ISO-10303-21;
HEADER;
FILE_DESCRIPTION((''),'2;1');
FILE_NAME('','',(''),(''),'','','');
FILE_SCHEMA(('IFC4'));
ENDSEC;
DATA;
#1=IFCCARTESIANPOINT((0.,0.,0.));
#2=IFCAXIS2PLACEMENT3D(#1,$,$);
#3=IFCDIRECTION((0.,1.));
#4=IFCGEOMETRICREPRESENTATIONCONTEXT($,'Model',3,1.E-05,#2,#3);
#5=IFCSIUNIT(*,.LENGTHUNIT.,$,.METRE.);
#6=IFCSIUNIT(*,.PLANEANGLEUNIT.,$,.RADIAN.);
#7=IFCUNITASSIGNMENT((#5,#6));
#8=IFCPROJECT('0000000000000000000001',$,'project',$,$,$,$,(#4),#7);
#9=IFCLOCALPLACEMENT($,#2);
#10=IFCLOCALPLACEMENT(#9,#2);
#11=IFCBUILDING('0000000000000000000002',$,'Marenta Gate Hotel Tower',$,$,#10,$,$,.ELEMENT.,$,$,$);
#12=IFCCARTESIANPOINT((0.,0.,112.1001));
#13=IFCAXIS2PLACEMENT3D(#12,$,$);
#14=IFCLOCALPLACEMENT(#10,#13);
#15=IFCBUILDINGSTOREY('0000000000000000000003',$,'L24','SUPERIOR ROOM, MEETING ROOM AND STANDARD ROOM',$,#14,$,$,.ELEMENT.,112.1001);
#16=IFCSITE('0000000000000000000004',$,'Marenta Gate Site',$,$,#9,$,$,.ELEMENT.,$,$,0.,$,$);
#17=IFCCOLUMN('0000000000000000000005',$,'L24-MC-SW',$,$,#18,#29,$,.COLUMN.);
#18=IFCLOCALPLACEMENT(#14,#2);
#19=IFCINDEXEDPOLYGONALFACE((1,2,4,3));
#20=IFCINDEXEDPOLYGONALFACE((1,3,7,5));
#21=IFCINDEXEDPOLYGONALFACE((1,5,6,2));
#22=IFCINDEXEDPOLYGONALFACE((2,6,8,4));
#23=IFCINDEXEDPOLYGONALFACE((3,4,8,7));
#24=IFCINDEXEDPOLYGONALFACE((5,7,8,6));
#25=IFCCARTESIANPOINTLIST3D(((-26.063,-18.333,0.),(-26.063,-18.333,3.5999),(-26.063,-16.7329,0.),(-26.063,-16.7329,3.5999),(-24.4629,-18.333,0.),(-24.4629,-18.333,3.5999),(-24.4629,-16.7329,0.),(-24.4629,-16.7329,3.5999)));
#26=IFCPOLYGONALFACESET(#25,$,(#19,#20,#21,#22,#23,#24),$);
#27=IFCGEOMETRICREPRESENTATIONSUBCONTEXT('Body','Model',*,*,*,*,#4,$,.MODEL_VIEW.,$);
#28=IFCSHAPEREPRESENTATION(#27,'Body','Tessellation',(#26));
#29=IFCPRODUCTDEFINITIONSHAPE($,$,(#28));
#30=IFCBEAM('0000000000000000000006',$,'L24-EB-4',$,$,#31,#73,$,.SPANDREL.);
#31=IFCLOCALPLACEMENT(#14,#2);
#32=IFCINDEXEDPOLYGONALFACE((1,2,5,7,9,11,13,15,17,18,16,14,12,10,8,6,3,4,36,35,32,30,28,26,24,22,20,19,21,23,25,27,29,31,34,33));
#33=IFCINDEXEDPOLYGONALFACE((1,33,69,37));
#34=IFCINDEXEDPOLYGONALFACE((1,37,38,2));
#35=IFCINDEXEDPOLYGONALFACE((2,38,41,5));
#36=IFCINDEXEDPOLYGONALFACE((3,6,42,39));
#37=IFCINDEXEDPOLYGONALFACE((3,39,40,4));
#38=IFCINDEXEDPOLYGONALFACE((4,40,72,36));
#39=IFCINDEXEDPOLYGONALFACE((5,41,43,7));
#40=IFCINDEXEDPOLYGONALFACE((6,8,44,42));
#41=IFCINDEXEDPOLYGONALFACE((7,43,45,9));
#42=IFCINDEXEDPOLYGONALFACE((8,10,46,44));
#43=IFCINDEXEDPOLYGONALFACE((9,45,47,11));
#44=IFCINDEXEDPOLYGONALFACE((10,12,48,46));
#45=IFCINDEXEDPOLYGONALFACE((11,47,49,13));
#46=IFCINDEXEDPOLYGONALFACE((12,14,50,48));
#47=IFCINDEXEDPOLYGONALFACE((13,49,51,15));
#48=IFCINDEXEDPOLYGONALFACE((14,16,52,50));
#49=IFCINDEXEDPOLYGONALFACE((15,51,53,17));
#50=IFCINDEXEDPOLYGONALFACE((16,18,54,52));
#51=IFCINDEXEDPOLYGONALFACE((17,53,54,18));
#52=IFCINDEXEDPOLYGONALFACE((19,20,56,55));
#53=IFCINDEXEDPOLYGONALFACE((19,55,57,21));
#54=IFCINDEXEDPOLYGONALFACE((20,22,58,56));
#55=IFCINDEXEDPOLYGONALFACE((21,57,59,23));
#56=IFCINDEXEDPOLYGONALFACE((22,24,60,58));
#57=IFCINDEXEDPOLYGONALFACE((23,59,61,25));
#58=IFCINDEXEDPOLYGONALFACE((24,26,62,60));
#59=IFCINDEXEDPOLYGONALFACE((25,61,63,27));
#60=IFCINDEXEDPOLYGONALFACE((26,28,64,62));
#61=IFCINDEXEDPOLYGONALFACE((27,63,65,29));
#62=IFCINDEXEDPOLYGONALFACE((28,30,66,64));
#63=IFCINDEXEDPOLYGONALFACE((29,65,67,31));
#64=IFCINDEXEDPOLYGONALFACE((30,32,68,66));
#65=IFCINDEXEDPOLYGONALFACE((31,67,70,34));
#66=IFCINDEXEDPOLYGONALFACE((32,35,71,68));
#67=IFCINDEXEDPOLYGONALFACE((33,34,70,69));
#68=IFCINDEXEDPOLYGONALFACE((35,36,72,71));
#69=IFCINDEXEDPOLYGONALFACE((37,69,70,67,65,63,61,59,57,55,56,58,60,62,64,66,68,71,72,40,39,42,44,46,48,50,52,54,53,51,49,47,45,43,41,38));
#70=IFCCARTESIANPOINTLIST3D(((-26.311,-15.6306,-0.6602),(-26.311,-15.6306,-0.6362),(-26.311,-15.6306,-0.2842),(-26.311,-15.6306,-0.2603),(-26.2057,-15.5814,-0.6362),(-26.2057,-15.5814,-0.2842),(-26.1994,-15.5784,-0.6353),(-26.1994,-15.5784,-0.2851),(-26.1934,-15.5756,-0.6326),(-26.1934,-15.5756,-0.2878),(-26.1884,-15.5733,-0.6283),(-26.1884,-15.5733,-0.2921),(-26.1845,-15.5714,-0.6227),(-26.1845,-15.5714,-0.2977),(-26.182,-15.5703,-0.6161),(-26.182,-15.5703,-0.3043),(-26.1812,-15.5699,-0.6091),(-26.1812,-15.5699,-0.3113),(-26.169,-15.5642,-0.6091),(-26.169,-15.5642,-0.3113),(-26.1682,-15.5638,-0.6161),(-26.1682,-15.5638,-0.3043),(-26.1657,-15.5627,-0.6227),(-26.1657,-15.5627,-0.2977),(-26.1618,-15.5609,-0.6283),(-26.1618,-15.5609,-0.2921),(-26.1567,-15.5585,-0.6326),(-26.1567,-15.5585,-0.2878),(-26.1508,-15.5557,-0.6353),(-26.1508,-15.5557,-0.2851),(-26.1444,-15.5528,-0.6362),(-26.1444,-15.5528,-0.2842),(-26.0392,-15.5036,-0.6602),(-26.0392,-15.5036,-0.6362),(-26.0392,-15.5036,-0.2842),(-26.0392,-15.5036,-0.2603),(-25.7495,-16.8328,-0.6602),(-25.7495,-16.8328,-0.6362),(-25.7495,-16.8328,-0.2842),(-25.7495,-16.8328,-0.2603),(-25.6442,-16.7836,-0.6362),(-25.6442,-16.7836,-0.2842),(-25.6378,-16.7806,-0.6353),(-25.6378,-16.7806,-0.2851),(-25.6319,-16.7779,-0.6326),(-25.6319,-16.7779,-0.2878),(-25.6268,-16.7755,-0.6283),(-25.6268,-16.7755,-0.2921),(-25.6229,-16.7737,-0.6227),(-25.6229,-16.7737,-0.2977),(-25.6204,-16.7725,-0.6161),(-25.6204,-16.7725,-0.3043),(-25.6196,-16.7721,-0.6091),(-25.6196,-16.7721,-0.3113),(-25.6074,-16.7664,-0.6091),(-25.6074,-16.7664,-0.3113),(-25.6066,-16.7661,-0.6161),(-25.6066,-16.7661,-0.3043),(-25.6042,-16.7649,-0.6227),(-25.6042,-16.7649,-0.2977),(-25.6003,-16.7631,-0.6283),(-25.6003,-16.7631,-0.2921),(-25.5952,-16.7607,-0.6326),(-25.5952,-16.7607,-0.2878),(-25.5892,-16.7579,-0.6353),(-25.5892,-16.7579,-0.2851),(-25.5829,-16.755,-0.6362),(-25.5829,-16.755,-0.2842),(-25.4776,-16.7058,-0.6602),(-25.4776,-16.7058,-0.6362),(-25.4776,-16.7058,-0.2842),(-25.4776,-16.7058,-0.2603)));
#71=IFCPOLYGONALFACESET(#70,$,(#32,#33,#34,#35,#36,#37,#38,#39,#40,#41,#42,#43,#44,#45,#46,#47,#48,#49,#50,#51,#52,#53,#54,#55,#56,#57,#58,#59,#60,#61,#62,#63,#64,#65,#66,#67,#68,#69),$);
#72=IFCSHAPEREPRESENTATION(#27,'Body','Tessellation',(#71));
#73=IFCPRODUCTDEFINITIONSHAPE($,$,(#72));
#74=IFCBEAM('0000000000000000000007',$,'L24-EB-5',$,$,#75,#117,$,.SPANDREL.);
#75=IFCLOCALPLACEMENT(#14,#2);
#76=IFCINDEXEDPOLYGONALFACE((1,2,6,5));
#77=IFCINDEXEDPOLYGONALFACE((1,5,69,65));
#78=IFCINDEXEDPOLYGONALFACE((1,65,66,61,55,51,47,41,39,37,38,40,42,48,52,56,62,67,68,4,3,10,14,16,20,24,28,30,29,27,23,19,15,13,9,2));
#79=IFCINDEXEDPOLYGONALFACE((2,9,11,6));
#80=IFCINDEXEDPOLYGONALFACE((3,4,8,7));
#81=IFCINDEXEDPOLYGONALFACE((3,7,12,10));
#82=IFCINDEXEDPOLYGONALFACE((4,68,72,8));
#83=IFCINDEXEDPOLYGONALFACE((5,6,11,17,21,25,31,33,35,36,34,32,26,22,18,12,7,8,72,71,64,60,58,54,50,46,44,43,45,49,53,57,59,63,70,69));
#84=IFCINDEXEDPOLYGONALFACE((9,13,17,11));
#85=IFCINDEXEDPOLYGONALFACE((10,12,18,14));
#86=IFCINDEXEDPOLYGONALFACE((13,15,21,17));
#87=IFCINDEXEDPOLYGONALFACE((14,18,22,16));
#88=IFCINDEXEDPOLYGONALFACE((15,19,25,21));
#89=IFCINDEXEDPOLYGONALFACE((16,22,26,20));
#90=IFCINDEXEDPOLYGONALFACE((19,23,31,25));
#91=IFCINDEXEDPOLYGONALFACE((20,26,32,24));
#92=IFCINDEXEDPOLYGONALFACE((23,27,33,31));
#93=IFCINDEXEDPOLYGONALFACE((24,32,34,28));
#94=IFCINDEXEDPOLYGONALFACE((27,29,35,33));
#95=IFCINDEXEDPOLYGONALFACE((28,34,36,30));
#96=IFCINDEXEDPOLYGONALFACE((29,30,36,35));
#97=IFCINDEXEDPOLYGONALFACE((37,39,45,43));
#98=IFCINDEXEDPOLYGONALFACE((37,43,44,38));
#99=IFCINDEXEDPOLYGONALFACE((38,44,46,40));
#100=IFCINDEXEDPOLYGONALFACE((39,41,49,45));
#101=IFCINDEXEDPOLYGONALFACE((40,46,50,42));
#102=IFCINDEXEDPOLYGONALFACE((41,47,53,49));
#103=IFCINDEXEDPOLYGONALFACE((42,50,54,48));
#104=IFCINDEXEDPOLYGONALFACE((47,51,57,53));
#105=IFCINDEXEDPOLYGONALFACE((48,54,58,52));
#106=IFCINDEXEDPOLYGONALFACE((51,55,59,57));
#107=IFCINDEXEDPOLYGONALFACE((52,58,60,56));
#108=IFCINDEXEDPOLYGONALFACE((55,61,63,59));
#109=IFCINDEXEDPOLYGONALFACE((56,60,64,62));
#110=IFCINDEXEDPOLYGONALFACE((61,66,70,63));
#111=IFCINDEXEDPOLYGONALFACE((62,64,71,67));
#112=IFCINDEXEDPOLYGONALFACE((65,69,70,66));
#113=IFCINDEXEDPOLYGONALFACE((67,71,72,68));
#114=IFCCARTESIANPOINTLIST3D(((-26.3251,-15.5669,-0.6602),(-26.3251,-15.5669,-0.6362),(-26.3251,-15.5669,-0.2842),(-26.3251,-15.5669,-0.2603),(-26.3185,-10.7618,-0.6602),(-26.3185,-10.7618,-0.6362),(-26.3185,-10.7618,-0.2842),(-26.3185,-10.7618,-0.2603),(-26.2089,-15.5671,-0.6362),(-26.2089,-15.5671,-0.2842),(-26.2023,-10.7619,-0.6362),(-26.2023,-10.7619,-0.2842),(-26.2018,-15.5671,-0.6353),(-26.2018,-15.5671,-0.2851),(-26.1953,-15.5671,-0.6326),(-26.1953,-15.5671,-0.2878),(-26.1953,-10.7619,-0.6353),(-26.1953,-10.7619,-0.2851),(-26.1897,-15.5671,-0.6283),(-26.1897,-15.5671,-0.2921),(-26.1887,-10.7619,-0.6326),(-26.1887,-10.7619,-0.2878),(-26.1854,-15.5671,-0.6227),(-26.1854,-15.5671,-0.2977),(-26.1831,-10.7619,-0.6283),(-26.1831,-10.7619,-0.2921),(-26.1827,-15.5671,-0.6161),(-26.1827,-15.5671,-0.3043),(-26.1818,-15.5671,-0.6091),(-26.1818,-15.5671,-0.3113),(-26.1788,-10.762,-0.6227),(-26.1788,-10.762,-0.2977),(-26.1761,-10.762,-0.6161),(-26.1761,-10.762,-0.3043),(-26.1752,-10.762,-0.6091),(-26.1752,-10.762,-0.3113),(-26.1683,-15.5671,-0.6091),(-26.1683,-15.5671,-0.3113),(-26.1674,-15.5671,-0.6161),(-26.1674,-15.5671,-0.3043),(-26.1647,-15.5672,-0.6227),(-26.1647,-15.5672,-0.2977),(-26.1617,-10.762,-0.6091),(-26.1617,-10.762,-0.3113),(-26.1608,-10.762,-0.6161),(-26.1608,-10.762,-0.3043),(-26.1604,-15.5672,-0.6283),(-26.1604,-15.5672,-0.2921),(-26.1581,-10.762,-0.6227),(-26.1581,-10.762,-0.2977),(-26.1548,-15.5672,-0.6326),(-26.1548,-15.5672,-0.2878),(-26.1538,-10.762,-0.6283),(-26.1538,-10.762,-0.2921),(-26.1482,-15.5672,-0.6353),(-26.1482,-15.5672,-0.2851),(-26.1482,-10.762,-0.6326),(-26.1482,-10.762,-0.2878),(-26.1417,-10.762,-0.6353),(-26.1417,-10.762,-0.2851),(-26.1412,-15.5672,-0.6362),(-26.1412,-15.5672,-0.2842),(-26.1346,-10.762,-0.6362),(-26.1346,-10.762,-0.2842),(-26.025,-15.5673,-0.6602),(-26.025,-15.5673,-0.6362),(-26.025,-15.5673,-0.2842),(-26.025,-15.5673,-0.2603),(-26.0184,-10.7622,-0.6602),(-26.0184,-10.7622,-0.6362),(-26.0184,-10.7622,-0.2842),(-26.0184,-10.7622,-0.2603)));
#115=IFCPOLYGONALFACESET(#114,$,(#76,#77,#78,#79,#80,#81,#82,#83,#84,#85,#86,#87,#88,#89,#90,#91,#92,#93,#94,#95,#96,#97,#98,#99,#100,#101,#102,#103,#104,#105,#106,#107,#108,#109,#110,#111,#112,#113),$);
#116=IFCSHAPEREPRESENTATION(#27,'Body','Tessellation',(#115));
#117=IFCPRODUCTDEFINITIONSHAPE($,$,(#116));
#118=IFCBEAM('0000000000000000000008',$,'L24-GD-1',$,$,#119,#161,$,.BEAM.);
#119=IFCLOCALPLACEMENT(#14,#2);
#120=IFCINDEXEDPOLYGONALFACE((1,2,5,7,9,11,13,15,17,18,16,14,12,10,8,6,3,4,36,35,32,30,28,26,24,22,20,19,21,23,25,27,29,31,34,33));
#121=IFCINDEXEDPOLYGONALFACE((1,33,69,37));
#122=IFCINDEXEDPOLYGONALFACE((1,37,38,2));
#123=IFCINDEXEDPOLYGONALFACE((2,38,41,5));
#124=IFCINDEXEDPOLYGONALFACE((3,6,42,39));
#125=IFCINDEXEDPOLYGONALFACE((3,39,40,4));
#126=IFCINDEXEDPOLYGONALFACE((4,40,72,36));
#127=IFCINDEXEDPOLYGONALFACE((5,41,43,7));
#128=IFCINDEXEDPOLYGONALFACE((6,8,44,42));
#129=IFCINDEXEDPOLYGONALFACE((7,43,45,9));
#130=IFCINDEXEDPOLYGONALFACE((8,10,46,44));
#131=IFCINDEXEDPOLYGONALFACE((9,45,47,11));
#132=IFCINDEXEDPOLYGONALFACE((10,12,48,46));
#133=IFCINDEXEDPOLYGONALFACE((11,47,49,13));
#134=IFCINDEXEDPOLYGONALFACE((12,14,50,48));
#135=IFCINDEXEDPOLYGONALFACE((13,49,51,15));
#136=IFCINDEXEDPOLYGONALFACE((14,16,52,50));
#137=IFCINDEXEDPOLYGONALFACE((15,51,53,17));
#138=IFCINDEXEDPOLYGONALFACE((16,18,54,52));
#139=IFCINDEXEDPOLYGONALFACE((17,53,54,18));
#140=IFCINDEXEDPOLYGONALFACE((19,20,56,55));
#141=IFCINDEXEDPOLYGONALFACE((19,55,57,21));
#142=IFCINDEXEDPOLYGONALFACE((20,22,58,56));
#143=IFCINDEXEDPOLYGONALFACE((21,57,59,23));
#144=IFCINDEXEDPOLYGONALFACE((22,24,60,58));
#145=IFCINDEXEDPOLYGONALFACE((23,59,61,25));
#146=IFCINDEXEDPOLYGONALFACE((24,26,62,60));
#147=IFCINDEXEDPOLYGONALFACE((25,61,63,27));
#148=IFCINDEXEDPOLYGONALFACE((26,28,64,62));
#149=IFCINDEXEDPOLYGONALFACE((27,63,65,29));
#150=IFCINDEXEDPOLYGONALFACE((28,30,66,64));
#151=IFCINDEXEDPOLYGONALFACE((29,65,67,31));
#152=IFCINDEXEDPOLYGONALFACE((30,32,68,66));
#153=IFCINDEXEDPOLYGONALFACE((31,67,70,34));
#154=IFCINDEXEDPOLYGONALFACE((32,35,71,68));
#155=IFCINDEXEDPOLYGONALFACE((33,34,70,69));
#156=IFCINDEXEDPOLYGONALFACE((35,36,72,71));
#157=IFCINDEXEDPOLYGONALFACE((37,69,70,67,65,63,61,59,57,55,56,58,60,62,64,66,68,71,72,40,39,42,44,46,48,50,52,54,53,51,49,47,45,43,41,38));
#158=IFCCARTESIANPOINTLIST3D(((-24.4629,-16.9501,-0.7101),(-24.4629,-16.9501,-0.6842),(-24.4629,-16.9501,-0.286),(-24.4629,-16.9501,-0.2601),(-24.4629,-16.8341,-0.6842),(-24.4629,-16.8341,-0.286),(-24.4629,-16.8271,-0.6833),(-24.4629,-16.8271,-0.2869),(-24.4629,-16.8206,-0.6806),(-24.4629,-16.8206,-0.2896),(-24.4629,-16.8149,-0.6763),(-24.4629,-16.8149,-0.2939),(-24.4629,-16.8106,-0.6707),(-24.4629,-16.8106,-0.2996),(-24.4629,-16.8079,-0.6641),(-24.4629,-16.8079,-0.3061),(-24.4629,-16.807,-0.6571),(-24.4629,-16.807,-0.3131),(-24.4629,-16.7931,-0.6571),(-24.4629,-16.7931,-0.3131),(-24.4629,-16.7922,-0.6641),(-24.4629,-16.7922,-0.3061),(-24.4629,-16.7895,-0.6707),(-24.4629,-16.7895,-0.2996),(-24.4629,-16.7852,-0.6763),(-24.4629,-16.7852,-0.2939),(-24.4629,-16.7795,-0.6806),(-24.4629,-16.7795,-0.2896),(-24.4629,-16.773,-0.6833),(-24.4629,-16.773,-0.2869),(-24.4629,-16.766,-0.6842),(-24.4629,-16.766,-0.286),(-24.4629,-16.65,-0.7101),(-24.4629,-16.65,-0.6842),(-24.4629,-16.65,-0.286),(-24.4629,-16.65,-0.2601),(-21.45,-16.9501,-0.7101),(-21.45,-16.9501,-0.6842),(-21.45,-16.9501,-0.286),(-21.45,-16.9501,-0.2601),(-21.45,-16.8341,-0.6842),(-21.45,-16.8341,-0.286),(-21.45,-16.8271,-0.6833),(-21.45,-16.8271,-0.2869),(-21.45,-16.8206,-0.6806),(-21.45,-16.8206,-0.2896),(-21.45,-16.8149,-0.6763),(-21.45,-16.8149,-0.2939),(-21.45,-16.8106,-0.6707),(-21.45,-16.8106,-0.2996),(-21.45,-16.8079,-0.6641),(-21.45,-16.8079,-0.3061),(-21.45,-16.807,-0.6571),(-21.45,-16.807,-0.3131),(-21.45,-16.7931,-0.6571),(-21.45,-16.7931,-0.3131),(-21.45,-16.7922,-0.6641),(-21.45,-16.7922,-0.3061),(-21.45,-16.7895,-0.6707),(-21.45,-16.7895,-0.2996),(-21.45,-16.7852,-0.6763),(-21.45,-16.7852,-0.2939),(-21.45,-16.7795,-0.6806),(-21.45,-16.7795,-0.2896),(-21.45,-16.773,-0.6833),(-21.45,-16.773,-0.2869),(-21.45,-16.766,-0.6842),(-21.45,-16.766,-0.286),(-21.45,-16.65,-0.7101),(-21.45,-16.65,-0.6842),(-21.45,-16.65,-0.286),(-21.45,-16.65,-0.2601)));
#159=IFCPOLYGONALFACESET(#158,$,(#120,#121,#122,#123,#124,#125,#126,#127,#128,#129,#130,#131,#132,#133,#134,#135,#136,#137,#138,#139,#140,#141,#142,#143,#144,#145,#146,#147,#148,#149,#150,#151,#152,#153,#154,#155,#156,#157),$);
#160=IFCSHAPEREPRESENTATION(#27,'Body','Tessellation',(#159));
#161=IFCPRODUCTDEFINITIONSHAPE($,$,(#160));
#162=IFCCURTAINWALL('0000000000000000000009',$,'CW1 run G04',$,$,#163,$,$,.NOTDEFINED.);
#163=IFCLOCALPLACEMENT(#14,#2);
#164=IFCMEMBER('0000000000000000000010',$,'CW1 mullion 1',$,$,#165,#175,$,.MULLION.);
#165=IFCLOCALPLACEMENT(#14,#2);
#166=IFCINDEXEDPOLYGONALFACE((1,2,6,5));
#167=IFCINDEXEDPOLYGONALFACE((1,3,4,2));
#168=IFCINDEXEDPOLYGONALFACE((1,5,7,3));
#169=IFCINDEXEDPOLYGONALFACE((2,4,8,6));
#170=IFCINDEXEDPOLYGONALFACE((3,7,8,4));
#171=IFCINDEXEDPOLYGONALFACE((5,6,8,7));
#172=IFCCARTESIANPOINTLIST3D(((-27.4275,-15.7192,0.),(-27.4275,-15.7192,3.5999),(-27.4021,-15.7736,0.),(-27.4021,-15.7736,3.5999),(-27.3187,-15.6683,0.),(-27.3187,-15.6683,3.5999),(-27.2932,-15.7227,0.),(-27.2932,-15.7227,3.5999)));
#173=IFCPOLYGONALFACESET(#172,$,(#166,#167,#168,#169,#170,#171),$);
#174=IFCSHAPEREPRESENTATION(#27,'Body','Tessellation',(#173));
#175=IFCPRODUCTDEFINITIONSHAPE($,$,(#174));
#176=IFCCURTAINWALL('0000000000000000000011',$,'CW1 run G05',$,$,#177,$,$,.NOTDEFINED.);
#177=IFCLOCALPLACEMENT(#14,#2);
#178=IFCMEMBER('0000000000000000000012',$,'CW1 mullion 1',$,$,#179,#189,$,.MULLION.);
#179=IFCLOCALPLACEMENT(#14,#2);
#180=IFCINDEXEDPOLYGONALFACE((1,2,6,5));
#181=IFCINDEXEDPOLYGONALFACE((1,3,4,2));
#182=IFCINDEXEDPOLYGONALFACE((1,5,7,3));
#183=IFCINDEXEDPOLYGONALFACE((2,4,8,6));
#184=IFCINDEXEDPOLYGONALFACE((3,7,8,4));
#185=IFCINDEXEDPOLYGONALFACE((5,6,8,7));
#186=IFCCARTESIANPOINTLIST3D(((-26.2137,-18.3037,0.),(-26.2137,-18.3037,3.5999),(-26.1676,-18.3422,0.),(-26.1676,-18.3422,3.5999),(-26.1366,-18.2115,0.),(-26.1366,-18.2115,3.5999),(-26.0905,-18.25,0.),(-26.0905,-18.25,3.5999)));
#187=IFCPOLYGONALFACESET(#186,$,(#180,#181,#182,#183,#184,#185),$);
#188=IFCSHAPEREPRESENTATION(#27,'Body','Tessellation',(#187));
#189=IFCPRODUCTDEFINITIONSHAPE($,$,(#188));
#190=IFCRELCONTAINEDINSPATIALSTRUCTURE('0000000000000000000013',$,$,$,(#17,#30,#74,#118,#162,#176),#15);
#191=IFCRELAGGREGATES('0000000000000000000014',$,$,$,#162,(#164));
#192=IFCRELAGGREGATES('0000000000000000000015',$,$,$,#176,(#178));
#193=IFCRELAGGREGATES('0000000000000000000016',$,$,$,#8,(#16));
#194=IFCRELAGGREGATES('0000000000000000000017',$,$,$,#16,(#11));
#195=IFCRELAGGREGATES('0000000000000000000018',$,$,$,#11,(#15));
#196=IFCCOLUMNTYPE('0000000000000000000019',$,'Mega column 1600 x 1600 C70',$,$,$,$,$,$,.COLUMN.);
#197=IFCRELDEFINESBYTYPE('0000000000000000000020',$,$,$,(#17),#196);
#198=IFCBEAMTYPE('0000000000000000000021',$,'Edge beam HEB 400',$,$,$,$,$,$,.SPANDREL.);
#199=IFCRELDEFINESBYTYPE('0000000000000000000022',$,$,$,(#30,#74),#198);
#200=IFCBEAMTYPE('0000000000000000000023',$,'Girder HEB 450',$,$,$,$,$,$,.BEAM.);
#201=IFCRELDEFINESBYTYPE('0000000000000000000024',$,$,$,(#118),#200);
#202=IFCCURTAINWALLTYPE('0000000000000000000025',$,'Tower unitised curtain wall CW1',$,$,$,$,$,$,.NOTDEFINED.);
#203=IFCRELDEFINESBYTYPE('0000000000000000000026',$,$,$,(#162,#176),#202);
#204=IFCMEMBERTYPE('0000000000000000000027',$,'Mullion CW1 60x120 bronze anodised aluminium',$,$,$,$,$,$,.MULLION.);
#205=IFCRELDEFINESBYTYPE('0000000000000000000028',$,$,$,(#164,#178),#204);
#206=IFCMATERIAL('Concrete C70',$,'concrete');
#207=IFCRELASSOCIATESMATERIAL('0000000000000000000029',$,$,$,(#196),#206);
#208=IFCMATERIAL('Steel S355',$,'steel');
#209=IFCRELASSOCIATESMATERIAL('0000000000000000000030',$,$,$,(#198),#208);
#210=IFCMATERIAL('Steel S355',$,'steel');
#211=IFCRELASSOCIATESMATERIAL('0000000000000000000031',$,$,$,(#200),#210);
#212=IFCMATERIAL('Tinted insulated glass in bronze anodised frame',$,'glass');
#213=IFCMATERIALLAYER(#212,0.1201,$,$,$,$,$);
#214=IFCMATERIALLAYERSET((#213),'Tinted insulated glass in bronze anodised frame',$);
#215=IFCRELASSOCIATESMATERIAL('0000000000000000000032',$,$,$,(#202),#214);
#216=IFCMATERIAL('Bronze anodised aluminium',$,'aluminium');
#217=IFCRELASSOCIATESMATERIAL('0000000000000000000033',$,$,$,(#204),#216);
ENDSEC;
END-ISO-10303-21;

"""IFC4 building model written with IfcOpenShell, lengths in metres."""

from ifc_helpers import new_model, si_unit, direction, frame, origin, origin_2d, place, context, subcontext, project, spatial, rectangle, i_section, extrude, material, layer, layer_set, material_profile, profile_set, type_object, element, aggregate, save


model = new_model("IFC4")

# Units and contexts
model_context = context("Model", 3, precision=1e-05, world=origin(), true_north=direction((0.0, 1.0)))
body_context = subcontext(model_context, "Body", "Model", "MODEL_VIEW")
ifc_project = project(units=[si_unit("LENGTHUNIT", "METRE"), si_unit("PLANEANGLEUNIT", "RADIAN")], contexts=[model_context])

# Site, building, storey
site_placement = place(None, origin())
site = spatial("IfcSite", under=ifc_project, at=site_placement, Name="Marenta Gate Site", CompositionType="ELEMENT", RefElevation=0.0)
building_placement = place(site_placement, origin())
building = spatial("IfcBuilding", under=site, at=building_placement, Name="Marenta Gate Hotel Tower", CompositionType="ELEMENT")
storey_placement = place(building_placement, frame((0.0, 0.0, 112.1001)))
storey = spatial("IfcBuildingStorey", under=building, at=storey_placement, Name="L24", Description="SUPERIOR ROOM, MEETING ROOM AND STANDARD ROOM", CompositionType="ELEMENT", Elevation=112.1001)

# Column
ifc_material_1 = material(Name="Concrete C70", Category="concrete")
ifc_material_profile_1 = material_profile(ifc_material_1, rectangle(XDim=1.6001, YDim=1.6001, at=origin_2d()), Name="1600 x 1600")
ifc_profile_set_1 = profile_set([ifc_material_profile_1], Name="Concrete C70")
column_type = type_object("IfcColumnType", Name="Mega column 1600 x 1600 C70", PredefinedType="COLUMN", material=ifc_profile_set_1)
column_placement = place(storey_placement, frame((-25.2629, -17.533, 0.0), z_axis=(0.0, 0.0, 1.0), x_axis=(1.0, 0.0, 0.0)))
element("IfcColumn", 1, at=column_placement, inside=storey, type_object=column_type, Name="L24-MC-SW", PredefinedType="COLUMN", context=body_context, shape_type="SweptSolid", body=[
    extrude(rectangle(XDim=1.6001, YDim=1.6001, at=origin_2d()), origin(), (0.0, 0.0, 1.0), 3.5999),
])

# Beams
ifc_material_2 = material(Name="Steel S355", Category="steel")
ifc_material_profile_2 = material_profile(ifc_material_2, i_section(OverallWidth=0.3, OverallDepth=0.3999, WebThickness=0.0134, FlangeThickness=0.0239, FilletRadius=0.0271, at=origin_2d()), Name="HEB 400")
ifc_profile_set_2 = profile_set([ifc_material_profile_2], Name="Steel S355")
beam_type_1 = type_object("IfcBeamType", Name="Edge beam HEB 400", PredefinedType="SPANDREL", material=ifc_profile_set_2)
beam_1_placement = place(storey_placement, frame((-25.6135, -16.7693, -0.4602), z_axis=(-0.423208, 0.906033, 0.0), x_axis=(-0.906033, -0.423208, 0.0)))
element("IfcBeam", 2, at=beam_1_placement, inside=storey, type_object=beam_type_1, Name="L24-EB-4", PredefinedType="SPANDREL", context=body_context, shape_type="SweptSolid", body=[
    extrude(i_section(OverallWidth=0.3, OverallDepth=0.3999, WebThickness=0.0134, FlangeThickness=0.0239, FilletRadius=0.0271, at=origin_2d()), origin(), (0.0, 0.0, 1.0), 1.3269),
])
beam_2_placement = place(storey_placement, frame((-26.175, -15.5671, -0.4602), z_axis=(0.001372, 0.999999, 0.0), x_axis=(-0.999999, 0.001372, 0.0)))
element("IfcBeam", 3, at=beam_2_placement, inside=storey, type_object=beam_type_1, Name="L24-EB-5", PredefinedType="SPANDREL", context=body_context, shape_type="SweptSolid", body=[
    extrude(i_section(OverallWidth=0.3, OverallDepth=0.3999, WebThickness=0.0134, FlangeThickness=0.0239, FilletRadius=0.0271, at=origin_2d()), origin(), (0.0, 0.0, 1.0), 4.8052),
])
ifc_material_3 = material(Name="Steel S355", Category="steel")
ifc_material_profile_3 = material_profile(ifc_material_3, i_section(OverallWidth=0.3, OverallDepth=0.45, WebThickness=0.0139, FlangeThickness=0.0259, FilletRadius=0.0271, at=origin_2d()), Name="HEB 450")
ifc_profile_set_3 = profile_set([ifc_material_profile_3], Name="Steel S355")
beam_type_2 = type_object("IfcBeamType", Name="Girder HEB 450", PredefinedType="BEAM", material=ifc_profile_set_3)
beam_3_placement = place(storey_placement, frame((-24.4629, -16.8, -0.4851), z_axis=(1.0, 0.0, 0.0), x_axis=(0.0, 1.0, 0.0)))
element("IfcBeam", 4, at=beam_3_placement, inside=storey, type_object=beam_type_2, Name="L24-GD-1", PredefinedType="BEAM", context=body_context, shape_type="SweptSolid", body=[
    extrude(i_section(OverallWidth=0.3, OverallDepth=0.45, WebThickness=0.0139, FlangeThickness=0.0259, FilletRadius=0.0271, at=origin_2d()), origin(), (0.0, 0.0, 1.0), 3.0129),
])

# Curtain walls, members
ifc_material_4 = material(Name="Tinted insulated glass in bronze anodised frame", Category="glass")
ifc_layer_1 = layer(ifc_material_4, 0.1201)
ifc_layer_set_1 = layer_set([ifc_layer_1], Name="Tinted insulated glass in bronze anodised frame")
curtain_wall_type = type_object("IfcCurtainWallType", Name="Tower unitised curtain wall CW1", PredefinedType="NOTDEFINED", material=ifc_layer_set_1)
curtain_wall_1_placement = place(storey_placement, origin())
curtain_wall_1 = element("IfcCurtainWall", 5, at=curtain_wall_1_placement, inside=storey, type_object=curtain_wall_type, Name="CW1 run G04", PredefinedType="NOTDEFINED")
ifc_material_5 = material(Name="Bronze anodised aluminium", Category="aluminium")
ifc_material_profile_4 = material_profile(ifc_material_5, rectangle(XDim=0.1201, YDim=0.0601, at=origin_2d()), Name="Mullion CW1 60x120 bronze anodised aluminium")
ifc_profile_set_4 = profile_set([ifc_material_profile_4], Name="Bronze anodised aluminium")
member_type_1 = type_object("IfcMemberType", Name="Mullion CW1 60x120 bronze anodised aluminium", PredefinedType="MULLION", material=ifc_profile_set_4)
member_1_placement = place(storey_placement, frame((-27.3604, -15.7209, 0.0), z_axis=(0.0, 0.0, 1.0), x_axis=(0.905972, 0.423338, 0.0)))
member_1 = element("IfcMember", 6, at=member_1_placement, type_object=member_type_1, Name="CW1 mullion 1", PredefinedType="MULLION", context=body_context, shape_type="SweptSolid", body=[
    extrude(rectangle(XDim=0.1201, YDim=0.0601, at=origin_2d()), origin(), (0.0, 0.0, 1.0), 3.5999),
])
curtain_wall_2_placement = place(storey_placement, origin())
curtain_wall_2 = element("IfcCurtainWall", 7, at=curtain_wall_2_placement, inside=storey, type_object=curtain_wall_type, Name="CW1 run G05", PredefinedType="NOTDEFINED")
member_2_placement = place(storey_placement, frame((-26.1521, -18.2769, 0.0), z_axis=(0.0, 0.0, 1.0), x_axis=(0.641512, 0.767113, 0.0)))
member_2 = element("IfcMember", 8, at=member_2_placement, type_object=member_type_1, Name="CW1 mullion 1", PredefinedType="MULLION", context=body_context, shape_type="SweptSolid", body=[
    extrude(rectangle(XDim=0.1201, YDim=0.0601, at=origin_2d()), origin(), (0.0, 0.0, 1.0), 3.5999),
])

aggregate(curtain_wall_1, [member_1])
aggregate(curtain_wall_2, [member_2])

save(model, "model.ifc")
